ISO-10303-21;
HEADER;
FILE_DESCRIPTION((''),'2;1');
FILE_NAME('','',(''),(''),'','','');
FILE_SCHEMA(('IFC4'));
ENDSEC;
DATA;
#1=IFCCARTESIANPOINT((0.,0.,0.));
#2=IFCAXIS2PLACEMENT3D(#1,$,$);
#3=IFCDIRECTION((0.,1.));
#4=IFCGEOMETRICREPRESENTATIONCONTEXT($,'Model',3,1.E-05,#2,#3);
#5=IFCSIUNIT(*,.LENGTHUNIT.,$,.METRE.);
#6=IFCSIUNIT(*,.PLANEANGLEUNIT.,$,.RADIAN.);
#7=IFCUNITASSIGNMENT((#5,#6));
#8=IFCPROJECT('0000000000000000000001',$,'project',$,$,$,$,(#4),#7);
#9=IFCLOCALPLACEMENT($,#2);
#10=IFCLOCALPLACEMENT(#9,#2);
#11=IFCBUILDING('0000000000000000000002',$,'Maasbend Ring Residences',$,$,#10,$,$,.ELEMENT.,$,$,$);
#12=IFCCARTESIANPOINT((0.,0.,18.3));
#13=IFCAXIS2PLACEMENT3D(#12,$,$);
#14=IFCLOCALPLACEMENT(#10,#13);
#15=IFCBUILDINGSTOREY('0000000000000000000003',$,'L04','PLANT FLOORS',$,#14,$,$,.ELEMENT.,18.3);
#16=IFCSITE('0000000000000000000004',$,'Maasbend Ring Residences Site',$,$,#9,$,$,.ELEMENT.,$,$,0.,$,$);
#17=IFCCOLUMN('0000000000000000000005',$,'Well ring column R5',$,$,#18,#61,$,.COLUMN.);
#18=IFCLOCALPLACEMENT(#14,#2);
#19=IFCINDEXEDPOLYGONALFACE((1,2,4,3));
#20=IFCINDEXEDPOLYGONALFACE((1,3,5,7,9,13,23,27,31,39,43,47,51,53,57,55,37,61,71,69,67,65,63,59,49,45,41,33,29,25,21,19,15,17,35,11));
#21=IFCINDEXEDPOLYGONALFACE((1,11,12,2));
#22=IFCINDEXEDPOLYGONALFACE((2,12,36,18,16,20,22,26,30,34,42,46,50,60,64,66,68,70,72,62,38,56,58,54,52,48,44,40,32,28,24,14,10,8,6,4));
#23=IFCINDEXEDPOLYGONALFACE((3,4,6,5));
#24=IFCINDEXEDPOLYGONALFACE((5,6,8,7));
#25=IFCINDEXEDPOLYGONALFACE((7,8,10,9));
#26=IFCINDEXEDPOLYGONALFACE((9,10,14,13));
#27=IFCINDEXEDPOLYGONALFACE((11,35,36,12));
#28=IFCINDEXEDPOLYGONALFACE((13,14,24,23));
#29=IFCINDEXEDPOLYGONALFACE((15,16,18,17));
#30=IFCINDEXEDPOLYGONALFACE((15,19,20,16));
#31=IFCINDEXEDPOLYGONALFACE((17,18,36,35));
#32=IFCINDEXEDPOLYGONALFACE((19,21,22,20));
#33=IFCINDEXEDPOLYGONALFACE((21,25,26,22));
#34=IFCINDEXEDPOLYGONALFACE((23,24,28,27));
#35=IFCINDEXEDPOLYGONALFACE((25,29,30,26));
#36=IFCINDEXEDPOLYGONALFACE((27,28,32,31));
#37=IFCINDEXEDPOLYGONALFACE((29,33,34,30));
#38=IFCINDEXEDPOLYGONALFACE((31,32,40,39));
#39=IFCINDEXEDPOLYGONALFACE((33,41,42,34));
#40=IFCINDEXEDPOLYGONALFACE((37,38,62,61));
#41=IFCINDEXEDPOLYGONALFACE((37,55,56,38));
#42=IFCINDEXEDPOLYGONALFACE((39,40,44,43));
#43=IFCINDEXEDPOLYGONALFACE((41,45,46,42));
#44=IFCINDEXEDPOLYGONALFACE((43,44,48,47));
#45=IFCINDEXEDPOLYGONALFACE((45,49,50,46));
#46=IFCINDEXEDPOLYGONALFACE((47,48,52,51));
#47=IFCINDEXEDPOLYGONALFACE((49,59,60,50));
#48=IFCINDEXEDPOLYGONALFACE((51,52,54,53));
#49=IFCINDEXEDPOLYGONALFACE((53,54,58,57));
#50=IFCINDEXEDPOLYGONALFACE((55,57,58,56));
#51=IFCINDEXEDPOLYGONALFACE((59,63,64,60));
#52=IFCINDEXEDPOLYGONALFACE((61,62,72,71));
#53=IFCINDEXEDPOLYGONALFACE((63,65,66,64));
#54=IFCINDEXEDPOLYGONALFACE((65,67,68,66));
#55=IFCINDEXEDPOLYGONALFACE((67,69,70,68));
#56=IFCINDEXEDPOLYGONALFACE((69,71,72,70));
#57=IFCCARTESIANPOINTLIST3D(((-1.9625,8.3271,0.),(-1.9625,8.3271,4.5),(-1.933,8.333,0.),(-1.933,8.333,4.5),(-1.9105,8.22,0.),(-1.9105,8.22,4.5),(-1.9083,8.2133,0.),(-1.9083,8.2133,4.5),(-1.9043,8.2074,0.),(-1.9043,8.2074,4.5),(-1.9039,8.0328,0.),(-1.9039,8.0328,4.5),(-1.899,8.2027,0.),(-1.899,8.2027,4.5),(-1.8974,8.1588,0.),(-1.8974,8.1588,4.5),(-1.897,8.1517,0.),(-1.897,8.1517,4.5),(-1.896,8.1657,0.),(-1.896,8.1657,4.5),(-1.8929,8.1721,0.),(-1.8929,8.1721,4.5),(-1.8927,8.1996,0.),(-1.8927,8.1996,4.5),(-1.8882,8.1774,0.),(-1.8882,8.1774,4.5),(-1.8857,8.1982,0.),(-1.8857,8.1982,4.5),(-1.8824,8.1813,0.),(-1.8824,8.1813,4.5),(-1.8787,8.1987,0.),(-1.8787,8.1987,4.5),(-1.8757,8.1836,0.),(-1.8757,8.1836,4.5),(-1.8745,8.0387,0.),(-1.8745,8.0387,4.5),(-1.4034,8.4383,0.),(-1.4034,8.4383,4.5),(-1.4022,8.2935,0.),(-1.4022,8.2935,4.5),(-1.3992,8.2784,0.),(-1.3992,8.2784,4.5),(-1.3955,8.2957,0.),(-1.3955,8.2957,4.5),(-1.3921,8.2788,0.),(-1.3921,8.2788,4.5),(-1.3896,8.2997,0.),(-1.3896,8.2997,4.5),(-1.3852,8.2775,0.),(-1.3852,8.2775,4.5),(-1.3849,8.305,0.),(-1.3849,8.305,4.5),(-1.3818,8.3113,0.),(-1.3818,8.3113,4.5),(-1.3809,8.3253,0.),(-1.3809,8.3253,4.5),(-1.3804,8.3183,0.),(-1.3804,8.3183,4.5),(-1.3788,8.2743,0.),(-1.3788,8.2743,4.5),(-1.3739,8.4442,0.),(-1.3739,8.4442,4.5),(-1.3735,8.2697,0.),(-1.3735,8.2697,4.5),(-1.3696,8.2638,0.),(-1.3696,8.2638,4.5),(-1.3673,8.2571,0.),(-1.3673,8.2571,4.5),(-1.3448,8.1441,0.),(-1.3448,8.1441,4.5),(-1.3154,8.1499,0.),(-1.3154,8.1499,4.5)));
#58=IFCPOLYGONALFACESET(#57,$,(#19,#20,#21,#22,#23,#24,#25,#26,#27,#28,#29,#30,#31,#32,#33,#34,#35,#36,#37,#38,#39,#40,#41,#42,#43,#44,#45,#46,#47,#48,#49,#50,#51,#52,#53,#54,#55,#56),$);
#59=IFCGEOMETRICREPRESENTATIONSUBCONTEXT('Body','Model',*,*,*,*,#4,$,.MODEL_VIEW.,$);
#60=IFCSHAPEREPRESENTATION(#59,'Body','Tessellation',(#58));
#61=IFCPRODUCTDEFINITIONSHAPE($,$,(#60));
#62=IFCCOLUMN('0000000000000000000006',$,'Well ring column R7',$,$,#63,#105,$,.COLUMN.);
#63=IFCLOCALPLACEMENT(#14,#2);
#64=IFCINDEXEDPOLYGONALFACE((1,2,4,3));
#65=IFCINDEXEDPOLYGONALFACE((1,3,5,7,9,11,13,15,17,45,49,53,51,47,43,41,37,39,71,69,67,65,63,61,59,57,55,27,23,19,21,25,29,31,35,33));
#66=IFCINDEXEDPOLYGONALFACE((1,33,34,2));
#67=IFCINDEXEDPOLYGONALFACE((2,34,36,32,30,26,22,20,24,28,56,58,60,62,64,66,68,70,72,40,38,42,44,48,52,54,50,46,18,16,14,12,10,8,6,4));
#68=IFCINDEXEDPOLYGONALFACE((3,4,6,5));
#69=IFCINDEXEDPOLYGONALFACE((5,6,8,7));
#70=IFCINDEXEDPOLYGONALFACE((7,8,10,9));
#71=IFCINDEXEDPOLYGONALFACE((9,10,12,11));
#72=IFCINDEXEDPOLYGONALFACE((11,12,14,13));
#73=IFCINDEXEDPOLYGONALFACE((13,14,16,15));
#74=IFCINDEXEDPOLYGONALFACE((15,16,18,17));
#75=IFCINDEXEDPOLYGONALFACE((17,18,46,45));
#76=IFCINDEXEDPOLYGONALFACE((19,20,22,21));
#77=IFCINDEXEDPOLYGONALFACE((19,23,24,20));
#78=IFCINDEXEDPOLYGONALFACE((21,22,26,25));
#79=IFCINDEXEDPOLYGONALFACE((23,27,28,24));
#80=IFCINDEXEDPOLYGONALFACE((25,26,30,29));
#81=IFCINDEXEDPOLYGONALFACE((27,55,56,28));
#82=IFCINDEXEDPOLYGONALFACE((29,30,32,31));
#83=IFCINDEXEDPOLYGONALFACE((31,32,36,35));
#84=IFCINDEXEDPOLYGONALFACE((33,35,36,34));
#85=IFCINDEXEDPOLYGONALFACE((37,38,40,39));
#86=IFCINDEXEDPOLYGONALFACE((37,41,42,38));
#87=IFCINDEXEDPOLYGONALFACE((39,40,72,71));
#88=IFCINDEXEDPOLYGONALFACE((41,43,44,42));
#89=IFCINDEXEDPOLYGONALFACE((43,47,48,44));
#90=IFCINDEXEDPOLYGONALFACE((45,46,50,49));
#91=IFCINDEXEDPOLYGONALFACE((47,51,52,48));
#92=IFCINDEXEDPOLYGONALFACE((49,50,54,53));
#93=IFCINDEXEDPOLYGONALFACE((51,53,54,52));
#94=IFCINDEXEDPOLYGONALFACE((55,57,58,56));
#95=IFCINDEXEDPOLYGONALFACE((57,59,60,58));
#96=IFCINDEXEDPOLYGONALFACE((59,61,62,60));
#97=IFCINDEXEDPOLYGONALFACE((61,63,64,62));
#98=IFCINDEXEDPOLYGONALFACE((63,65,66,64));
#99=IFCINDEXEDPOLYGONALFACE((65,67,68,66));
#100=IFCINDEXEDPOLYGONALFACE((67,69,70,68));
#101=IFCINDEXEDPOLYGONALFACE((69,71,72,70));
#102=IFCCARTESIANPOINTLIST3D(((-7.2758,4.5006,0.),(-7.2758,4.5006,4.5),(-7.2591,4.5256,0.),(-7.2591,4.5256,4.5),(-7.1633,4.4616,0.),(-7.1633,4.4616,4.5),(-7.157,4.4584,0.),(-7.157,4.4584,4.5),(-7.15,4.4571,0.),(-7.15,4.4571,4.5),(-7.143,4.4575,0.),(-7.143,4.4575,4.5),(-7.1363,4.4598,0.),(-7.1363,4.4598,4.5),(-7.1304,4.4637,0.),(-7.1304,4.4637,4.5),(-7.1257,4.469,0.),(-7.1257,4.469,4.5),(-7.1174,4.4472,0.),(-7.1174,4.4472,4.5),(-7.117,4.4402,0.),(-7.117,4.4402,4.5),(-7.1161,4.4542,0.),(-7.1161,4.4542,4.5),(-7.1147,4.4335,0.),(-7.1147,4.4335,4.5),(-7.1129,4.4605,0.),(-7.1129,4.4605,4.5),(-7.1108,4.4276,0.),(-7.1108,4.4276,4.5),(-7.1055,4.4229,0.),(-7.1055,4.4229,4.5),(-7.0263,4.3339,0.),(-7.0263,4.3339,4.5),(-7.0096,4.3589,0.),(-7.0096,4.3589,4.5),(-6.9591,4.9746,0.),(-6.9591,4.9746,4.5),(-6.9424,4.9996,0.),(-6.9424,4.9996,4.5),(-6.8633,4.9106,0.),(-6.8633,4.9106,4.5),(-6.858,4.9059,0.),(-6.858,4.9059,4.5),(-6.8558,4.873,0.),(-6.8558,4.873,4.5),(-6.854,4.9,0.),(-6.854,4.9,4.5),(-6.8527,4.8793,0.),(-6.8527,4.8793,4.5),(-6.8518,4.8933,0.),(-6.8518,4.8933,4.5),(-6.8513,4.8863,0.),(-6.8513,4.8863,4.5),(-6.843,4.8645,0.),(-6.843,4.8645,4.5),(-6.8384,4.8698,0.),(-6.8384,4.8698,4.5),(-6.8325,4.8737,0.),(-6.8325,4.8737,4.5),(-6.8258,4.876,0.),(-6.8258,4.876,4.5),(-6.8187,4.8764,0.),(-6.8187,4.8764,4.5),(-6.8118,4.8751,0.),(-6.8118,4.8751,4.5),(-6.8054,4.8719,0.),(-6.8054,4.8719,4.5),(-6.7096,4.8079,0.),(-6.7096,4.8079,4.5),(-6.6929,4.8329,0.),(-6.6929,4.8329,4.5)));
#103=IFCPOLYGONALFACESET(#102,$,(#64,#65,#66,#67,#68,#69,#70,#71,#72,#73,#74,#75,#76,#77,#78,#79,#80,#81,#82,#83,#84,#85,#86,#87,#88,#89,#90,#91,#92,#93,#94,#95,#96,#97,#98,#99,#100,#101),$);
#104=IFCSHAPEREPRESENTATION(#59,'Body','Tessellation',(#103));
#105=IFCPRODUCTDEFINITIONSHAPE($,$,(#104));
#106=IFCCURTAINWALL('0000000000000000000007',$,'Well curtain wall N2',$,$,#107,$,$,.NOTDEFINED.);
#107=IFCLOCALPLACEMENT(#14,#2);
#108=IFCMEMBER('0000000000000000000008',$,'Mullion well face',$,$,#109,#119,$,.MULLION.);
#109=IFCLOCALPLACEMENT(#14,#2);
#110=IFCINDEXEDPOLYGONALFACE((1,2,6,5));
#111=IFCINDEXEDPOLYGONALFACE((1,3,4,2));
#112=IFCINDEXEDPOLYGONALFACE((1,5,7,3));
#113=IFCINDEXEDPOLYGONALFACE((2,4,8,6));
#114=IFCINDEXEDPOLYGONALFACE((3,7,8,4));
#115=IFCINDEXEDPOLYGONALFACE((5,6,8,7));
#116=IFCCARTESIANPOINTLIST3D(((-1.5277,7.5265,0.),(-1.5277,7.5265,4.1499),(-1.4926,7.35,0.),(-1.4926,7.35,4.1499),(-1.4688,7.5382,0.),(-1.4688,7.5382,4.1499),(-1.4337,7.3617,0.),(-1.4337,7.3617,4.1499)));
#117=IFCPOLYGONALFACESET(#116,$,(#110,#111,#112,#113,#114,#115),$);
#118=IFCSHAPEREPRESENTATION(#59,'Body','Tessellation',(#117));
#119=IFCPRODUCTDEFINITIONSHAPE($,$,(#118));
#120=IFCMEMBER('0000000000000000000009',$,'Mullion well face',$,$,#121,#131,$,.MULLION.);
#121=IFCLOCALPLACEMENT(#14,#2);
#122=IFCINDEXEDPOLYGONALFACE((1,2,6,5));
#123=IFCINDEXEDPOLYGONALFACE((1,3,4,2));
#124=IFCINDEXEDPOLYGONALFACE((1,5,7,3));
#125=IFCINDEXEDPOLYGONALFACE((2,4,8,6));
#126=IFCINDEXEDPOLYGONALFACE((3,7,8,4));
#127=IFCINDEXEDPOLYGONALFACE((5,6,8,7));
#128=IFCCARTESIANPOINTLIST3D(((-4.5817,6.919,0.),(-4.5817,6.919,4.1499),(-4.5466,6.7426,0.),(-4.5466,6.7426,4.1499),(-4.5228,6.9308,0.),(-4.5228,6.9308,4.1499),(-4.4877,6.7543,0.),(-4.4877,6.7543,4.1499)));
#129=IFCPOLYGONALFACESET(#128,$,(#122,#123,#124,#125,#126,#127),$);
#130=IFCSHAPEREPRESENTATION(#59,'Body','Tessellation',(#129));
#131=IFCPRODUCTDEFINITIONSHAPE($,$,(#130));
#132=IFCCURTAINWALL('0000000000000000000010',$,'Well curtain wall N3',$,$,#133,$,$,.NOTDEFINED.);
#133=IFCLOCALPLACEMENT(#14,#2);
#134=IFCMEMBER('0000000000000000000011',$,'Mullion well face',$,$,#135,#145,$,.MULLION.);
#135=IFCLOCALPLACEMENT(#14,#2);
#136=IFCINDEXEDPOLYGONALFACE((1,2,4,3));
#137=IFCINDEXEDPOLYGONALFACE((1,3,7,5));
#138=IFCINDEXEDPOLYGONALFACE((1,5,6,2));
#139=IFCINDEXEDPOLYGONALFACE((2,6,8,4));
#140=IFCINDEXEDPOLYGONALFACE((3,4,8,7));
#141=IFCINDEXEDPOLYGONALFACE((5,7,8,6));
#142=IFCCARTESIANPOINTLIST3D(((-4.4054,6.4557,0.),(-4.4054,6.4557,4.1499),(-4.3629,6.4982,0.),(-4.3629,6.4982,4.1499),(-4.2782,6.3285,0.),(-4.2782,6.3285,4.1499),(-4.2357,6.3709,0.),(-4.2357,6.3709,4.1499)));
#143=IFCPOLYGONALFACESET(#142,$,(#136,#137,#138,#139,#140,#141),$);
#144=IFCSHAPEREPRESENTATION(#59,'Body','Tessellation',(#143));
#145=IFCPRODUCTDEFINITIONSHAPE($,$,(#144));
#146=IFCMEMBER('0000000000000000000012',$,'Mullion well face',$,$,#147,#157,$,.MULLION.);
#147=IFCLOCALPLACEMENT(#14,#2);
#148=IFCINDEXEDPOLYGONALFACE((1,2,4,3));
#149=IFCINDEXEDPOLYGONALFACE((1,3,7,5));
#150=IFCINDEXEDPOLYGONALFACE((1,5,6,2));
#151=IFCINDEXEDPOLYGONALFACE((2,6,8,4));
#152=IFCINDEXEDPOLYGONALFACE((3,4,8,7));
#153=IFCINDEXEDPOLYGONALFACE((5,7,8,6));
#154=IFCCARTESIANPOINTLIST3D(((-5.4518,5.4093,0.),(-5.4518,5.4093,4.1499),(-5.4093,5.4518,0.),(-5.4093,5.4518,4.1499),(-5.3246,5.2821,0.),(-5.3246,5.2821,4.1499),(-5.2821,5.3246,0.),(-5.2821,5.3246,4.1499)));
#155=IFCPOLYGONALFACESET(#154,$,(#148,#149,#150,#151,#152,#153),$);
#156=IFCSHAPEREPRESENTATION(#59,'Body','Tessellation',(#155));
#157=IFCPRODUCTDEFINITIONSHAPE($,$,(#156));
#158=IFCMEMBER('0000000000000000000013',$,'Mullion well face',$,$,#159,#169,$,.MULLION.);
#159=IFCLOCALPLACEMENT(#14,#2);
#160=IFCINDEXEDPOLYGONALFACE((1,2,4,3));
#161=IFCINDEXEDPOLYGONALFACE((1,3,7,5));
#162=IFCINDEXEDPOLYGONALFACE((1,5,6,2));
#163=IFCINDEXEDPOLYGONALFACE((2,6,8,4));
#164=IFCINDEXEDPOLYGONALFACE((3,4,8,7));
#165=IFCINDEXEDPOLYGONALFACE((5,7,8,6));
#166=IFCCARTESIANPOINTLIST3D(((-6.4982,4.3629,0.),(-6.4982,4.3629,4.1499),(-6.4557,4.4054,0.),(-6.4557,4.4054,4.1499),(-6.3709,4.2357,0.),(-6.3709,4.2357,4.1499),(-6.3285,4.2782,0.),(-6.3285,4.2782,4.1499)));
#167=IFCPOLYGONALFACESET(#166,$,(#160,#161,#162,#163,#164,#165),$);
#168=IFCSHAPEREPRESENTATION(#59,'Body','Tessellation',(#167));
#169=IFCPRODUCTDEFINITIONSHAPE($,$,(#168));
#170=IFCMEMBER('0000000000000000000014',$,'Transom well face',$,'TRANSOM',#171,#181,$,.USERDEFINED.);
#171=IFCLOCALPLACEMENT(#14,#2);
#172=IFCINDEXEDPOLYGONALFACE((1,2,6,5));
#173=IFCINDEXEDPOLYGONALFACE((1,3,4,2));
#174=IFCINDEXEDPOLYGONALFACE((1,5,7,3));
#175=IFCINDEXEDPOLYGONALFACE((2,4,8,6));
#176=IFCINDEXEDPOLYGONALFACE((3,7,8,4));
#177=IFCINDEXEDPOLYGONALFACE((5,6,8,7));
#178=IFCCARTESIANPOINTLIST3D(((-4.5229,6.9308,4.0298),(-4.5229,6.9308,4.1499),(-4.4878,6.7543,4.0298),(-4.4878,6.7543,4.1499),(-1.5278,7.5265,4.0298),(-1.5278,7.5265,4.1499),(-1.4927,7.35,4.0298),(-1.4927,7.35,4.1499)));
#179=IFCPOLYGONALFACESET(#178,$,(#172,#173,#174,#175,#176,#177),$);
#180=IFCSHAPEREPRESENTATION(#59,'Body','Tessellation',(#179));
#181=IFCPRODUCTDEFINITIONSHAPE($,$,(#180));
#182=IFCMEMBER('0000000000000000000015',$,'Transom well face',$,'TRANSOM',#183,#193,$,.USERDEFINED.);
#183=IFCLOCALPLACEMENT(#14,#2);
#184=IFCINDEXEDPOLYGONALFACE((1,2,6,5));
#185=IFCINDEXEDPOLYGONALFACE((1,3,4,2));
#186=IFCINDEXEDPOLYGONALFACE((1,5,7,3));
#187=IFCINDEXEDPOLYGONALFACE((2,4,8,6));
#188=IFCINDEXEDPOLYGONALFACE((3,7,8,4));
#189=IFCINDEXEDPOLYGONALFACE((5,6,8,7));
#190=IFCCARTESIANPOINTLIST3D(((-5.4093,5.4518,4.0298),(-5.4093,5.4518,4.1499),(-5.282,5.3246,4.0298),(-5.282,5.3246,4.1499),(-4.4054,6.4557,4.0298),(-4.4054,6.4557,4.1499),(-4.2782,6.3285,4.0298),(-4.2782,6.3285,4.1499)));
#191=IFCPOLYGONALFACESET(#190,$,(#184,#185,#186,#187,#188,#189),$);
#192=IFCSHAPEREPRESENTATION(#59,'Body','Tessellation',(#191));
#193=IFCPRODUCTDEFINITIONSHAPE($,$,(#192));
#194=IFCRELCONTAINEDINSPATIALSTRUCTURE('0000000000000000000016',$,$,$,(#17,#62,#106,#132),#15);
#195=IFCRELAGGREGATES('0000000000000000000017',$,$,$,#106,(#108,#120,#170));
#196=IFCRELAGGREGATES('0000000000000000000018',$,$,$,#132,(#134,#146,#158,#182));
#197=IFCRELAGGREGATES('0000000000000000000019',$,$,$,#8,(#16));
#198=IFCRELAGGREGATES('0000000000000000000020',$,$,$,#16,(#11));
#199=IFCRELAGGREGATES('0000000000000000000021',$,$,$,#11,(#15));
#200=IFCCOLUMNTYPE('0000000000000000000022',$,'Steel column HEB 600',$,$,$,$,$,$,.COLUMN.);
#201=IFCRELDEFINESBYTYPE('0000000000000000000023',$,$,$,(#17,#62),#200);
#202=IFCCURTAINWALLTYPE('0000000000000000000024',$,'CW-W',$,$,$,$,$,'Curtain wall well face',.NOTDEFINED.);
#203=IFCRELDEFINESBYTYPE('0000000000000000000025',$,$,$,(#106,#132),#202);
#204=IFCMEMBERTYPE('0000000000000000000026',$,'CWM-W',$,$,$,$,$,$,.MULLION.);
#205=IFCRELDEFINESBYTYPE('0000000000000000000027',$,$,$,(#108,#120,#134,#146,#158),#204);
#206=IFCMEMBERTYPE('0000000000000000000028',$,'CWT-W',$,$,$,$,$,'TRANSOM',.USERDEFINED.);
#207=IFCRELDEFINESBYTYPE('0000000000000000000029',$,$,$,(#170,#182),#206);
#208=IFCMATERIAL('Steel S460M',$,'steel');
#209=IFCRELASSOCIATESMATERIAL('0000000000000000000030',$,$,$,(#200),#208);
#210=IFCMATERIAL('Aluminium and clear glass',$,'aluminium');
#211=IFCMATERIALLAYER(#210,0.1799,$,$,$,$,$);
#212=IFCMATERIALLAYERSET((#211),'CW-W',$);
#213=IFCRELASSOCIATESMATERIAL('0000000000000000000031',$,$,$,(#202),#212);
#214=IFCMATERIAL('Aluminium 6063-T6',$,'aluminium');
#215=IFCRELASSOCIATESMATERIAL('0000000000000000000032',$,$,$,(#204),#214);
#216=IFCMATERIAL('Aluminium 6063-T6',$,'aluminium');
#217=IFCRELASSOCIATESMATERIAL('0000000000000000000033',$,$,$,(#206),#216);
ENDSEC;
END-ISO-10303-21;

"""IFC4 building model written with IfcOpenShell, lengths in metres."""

from ifc_helpers import new_model, si_unit, direction, frame, origin, origin_2d, place, context, subcontext, project, spatial, rectangle, i_section, extrude, material, layer, layer_set, material_profile, profile_set, type_object, element, aggregate, save


model = new_model("IFC4")

# Units and contexts
model_context = context("Model", 3, precision=1e-05, world=origin(), true_north=direction((0.0, 1.0)))
body_context = subcontext(model_context, "Body", "Model", "MODEL_VIEW")
ifc_project = project(units=[si_unit("LENGTHUNIT", "METRE"), si_unit("PLANEANGLEUNIT", "RADIAN")], contexts=[model_context])

# Site, building, storey
site_placement = place(None, origin())
site = spatial("IfcSite", under=ifc_project, at=site_placement, Name="Maasbend Ring Residences Site", CompositionType="ELEMENT", RefElevation=0.0)
building_placement = place(site_placement, origin())
building = spatial("IfcBuilding", under=site, at=building_placement, Name="Maasbend Ring Residences", CompositionType="ELEMENT")
storey_placement = place(building_placement, frame((0.0, 0.0, 18.3)))
storey = spatial("IfcBuildingStorey", under=building, at=storey_placement, Name="L04", Description="PLANT FLOORS", CompositionType="ELEMENT", Elevation=18.3)

# Columns
ifc_material_1 = material(Name="Steel S460M", Category="steel")
ifc_material_profile_1 = material_profile(ifc_material_1, i_section(OverallWidth=0.3, OverallDepth=0.6001, WebThickness=0.0154, FlangeThickness=0.03, FilletRadius=0.0271, at=origin_2d()), Name="HEB 600")
ifc_profile_set_1 = profile_set([ifc_material_profile_1], Name="Steel S460M")
column_type = type_object("IfcColumnType", Name="Steel column HEB 600", PredefinedType="COLUMN", material=ifc_profile_set_1)
for number, where, z_axis, x_axis, name in (
    (1, (-1.6389, 8.2385, 0.0), (0.0, 0.0, 1.0), (-0.19509, 0.980785, 0.0), "Well ring column R5"),
    (2, (-6.9844, 4.6667, 0.0), (0.0, 0.0, 1.0), (-0.83147, 0.55557, 0.0), "Well ring column R7"),
):
    element("IfcColumn", number, at=place(storey_placement, frame(where, z_axis=z_axis, x_axis=x_axis)), inside=storey, type_object=column_type, Name=name, PredefinedType="COLUMN", context=body_context, shape_type="SweptSolid", body=[
        extrude(i_section(OverallWidth=0.3, OverallDepth=0.6001, WebThickness=0.0154, FlangeThickness=0.03, FilletRadius=0.0271, at=origin_2d()), origin(), (0.0, 0.0, 1.0), 4.5),
    ])

# Curtain walls, members
ifc_material_2 = material(Name="Aluminium and clear glass", Category="aluminium")
ifc_layer_1 = layer(ifc_material_2, 0.1799)
ifc_layer_set_1 = layer_set([ifc_layer_1], Name="CW-W")
curtain_wall_type = type_object("IfcCurtainWallType", Name="CW-W", ElementType="Curtain wall well face", PredefinedType="NOTDEFINED", material=ifc_layer_set_1)
curtain_wall_1_placement = place(storey_placement, origin())
curtain_wall_1 = element("IfcCurtainWall", 3, at=curtain_wall_1_placement, inside=storey, type_object=curtain_wall_type, Name="Well curtain wall N2", PredefinedType="NOTDEFINED")
ifc_material_3 = material(Name="Aluminium 6063-T6", Category="aluminium")
ifc_material_profile_2 = material_profile(ifc_material_3, rectangle(XDim=0.1799, YDim=0.0601, at=origin_2d()), Name="AL 180x60")
ifc_profile_set_2 = profile_set([ifc_material_profile_2], Name="Aluminium 6063-T6")
member_type_1 = type_object("IfcMemberType", Name="CWM-W", PredefinedType="MULLION", material=ifc_profile_set_2)
member_1_placement = place(storey_placement, frame((-1.4807, 7.4441, 0.0), z_axis=(0.0, 0.0, 1.0), x_axis=(0.19509, -0.980785, 0.0)))
member_1 = element("IfcMember", 4, at=member_1_placement, type_object=member_type_1, Name="Mullion well face", PredefinedType="MULLION", context=body_context, shape_type="SweptSolid", body=[
    extrude(rectangle(XDim=0.1799, YDim=0.0601, at=origin_2d()), origin(), (0.0, 0.0, 1.0), 4.1499),
])
member_2_placement = place(storey_placement, frame((-4.5347, 6.8367, 0.0), z_axis=(0.0, 0.0, 1.0), x_axis=(0.19509, -0.980785, 0.0)))
member_2 = element("IfcMember", 5, at=member_2_placement, type_object=member_type_1, Name="Mullion well face", PredefinedType="MULLION", context=body_context, shape_type="SweptSolid", body=[
    extrude(rectangle(XDim=0.1799, YDim=0.0601, at=origin_2d()), origin(), (0.0, 0.0, 1.0), 4.1499),
])
curtain_wall_2_placement = place(storey_placement, origin())
curtain_wall_2 = element("IfcCurtainWall", 6, at=curtain_wall_2_placement, inside=storey, type_object=curtain_wall_type, Name="Well curtain wall N3", PredefinedType="NOTDEFINED")
member_3_placement = place(storey_placement, frame((-4.3206, 6.4133, 0.0), z_axis=(0.0, 0.0, 1.0), x_axis=(0.707107, -0.707107, 0.0)))
member_3 = element("IfcMember", 7, at=member_3_placement, type_object=member_type_1, Name="Mullion well face", PredefinedType="MULLION", context=body_context, shape_type="SweptSolid", body=[
    extrude(rectangle(XDim=0.1799, YDim=0.0601, at=origin_2d()), origin(), (0.0, 0.0, 1.0), 4.1499),
])
member_4_placement = place(storey_placement, frame((-5.3669, 5.3669, 0.0), z_axis=(0.0, 0.0, 1.0), x_axis=(0.707107, -0.707107, 0.0)))
member_4 = element("IfcMember", 8, at=member_4_placement, type_object=member_type_1, Name="Mullion well face", PredefinedType="MULLION", context=body_context, shape_type="SweptSolid", body=[
    extrude(rectangle(XDim=0.1799, YDim=0.0601, at=origin_2d()), origin(), (0.0, 0.0, 1.0), 4.1499),
])
member_5_placement = place(storey_placement, frame((-6.4133, 4.3206, 0.0), z_axis=(0.0, 0.0, 1.0), x_axis=(0.707107, -0.707107, 0.0)))
member_5 = element("IfcMember", 9, at=member_5_placement, type_object=member_type_1, Name="Mullion well face", PredefinedType="MULLION", context=body_context, shape_type="SweptSolid", body=[
    extrude(rectangle(XDim=0.1799, YDim=0.0601, at=origin_2d()), origin(), (0.0, 0.0, 1.0), 4.1499),
])

# Members
ifc_material_4 = material(Name="Aluminium 6063-T6", Category="aluminium")
ifc_material_profile_3 = material_profile(ifc_material_4, rectangle(XDim=0.1799, YDim=0.1201, at=origin_2d()), Name="AL 180x120")
ifc_profile_set_3 = profile_set([ifc_material_profile_3], Name="Aluminium 6063-T6")
member_type_2 = type_object("IfcMemberType", Name="CWT-W", ElementType="TRANSOM", PredefinedType="USERDEFINED", material=ifc_profile_set_3)
member_6_placement = place(storey_placement, frame((-1.5103, 7.4382, 4.0898), z_axis=(-0.980789, -0.195071, 0.0), x_axis=(0.195071, -0.980789, 0.0)))
member_6 = element("IfcMember", 10, at=member_6_placement, type_object=member_type_2, Name="Transom well face", ObjectType="TRANSOM", PredefinedType="USERDEFINED", context=body_context, shape_type="SweptSolid", body=[
    extrude(rectangle(XDim=0.1799, YDim=0.1201, at=origin_2d()), origin(), (0.0, 0.0, 1.0), 3.0537),
])
member_7_placement = place(storey_placement, frame((-4.3418, 6.3921, 4.0898), z_axis=(-0.707107, -0.707107, 0.0), x_axis=(0.707107, -0.707107, 0.0)))
member_7 = element("IfcMember", 11, at=member_7_placement, type_object=member_type_2, Name="Transom well face", ObjectType="TRANSOM", PredefinedType="USERDEFINED", context=body_context, shape_type="SweptSolid", body=[
    extrude(rectangle(XDim=0.1799, YDim=0.1201, at=origin_2d()), origin(), (0.0, 0.0, 1.0), 1.4197),
])

aggregate(curtain_wall_1, [member_1, member_2, member_6])
aggregate(curtain_wall_2, [member_3, member_4, member_5, member_7])

save(model, "model.ifc")
